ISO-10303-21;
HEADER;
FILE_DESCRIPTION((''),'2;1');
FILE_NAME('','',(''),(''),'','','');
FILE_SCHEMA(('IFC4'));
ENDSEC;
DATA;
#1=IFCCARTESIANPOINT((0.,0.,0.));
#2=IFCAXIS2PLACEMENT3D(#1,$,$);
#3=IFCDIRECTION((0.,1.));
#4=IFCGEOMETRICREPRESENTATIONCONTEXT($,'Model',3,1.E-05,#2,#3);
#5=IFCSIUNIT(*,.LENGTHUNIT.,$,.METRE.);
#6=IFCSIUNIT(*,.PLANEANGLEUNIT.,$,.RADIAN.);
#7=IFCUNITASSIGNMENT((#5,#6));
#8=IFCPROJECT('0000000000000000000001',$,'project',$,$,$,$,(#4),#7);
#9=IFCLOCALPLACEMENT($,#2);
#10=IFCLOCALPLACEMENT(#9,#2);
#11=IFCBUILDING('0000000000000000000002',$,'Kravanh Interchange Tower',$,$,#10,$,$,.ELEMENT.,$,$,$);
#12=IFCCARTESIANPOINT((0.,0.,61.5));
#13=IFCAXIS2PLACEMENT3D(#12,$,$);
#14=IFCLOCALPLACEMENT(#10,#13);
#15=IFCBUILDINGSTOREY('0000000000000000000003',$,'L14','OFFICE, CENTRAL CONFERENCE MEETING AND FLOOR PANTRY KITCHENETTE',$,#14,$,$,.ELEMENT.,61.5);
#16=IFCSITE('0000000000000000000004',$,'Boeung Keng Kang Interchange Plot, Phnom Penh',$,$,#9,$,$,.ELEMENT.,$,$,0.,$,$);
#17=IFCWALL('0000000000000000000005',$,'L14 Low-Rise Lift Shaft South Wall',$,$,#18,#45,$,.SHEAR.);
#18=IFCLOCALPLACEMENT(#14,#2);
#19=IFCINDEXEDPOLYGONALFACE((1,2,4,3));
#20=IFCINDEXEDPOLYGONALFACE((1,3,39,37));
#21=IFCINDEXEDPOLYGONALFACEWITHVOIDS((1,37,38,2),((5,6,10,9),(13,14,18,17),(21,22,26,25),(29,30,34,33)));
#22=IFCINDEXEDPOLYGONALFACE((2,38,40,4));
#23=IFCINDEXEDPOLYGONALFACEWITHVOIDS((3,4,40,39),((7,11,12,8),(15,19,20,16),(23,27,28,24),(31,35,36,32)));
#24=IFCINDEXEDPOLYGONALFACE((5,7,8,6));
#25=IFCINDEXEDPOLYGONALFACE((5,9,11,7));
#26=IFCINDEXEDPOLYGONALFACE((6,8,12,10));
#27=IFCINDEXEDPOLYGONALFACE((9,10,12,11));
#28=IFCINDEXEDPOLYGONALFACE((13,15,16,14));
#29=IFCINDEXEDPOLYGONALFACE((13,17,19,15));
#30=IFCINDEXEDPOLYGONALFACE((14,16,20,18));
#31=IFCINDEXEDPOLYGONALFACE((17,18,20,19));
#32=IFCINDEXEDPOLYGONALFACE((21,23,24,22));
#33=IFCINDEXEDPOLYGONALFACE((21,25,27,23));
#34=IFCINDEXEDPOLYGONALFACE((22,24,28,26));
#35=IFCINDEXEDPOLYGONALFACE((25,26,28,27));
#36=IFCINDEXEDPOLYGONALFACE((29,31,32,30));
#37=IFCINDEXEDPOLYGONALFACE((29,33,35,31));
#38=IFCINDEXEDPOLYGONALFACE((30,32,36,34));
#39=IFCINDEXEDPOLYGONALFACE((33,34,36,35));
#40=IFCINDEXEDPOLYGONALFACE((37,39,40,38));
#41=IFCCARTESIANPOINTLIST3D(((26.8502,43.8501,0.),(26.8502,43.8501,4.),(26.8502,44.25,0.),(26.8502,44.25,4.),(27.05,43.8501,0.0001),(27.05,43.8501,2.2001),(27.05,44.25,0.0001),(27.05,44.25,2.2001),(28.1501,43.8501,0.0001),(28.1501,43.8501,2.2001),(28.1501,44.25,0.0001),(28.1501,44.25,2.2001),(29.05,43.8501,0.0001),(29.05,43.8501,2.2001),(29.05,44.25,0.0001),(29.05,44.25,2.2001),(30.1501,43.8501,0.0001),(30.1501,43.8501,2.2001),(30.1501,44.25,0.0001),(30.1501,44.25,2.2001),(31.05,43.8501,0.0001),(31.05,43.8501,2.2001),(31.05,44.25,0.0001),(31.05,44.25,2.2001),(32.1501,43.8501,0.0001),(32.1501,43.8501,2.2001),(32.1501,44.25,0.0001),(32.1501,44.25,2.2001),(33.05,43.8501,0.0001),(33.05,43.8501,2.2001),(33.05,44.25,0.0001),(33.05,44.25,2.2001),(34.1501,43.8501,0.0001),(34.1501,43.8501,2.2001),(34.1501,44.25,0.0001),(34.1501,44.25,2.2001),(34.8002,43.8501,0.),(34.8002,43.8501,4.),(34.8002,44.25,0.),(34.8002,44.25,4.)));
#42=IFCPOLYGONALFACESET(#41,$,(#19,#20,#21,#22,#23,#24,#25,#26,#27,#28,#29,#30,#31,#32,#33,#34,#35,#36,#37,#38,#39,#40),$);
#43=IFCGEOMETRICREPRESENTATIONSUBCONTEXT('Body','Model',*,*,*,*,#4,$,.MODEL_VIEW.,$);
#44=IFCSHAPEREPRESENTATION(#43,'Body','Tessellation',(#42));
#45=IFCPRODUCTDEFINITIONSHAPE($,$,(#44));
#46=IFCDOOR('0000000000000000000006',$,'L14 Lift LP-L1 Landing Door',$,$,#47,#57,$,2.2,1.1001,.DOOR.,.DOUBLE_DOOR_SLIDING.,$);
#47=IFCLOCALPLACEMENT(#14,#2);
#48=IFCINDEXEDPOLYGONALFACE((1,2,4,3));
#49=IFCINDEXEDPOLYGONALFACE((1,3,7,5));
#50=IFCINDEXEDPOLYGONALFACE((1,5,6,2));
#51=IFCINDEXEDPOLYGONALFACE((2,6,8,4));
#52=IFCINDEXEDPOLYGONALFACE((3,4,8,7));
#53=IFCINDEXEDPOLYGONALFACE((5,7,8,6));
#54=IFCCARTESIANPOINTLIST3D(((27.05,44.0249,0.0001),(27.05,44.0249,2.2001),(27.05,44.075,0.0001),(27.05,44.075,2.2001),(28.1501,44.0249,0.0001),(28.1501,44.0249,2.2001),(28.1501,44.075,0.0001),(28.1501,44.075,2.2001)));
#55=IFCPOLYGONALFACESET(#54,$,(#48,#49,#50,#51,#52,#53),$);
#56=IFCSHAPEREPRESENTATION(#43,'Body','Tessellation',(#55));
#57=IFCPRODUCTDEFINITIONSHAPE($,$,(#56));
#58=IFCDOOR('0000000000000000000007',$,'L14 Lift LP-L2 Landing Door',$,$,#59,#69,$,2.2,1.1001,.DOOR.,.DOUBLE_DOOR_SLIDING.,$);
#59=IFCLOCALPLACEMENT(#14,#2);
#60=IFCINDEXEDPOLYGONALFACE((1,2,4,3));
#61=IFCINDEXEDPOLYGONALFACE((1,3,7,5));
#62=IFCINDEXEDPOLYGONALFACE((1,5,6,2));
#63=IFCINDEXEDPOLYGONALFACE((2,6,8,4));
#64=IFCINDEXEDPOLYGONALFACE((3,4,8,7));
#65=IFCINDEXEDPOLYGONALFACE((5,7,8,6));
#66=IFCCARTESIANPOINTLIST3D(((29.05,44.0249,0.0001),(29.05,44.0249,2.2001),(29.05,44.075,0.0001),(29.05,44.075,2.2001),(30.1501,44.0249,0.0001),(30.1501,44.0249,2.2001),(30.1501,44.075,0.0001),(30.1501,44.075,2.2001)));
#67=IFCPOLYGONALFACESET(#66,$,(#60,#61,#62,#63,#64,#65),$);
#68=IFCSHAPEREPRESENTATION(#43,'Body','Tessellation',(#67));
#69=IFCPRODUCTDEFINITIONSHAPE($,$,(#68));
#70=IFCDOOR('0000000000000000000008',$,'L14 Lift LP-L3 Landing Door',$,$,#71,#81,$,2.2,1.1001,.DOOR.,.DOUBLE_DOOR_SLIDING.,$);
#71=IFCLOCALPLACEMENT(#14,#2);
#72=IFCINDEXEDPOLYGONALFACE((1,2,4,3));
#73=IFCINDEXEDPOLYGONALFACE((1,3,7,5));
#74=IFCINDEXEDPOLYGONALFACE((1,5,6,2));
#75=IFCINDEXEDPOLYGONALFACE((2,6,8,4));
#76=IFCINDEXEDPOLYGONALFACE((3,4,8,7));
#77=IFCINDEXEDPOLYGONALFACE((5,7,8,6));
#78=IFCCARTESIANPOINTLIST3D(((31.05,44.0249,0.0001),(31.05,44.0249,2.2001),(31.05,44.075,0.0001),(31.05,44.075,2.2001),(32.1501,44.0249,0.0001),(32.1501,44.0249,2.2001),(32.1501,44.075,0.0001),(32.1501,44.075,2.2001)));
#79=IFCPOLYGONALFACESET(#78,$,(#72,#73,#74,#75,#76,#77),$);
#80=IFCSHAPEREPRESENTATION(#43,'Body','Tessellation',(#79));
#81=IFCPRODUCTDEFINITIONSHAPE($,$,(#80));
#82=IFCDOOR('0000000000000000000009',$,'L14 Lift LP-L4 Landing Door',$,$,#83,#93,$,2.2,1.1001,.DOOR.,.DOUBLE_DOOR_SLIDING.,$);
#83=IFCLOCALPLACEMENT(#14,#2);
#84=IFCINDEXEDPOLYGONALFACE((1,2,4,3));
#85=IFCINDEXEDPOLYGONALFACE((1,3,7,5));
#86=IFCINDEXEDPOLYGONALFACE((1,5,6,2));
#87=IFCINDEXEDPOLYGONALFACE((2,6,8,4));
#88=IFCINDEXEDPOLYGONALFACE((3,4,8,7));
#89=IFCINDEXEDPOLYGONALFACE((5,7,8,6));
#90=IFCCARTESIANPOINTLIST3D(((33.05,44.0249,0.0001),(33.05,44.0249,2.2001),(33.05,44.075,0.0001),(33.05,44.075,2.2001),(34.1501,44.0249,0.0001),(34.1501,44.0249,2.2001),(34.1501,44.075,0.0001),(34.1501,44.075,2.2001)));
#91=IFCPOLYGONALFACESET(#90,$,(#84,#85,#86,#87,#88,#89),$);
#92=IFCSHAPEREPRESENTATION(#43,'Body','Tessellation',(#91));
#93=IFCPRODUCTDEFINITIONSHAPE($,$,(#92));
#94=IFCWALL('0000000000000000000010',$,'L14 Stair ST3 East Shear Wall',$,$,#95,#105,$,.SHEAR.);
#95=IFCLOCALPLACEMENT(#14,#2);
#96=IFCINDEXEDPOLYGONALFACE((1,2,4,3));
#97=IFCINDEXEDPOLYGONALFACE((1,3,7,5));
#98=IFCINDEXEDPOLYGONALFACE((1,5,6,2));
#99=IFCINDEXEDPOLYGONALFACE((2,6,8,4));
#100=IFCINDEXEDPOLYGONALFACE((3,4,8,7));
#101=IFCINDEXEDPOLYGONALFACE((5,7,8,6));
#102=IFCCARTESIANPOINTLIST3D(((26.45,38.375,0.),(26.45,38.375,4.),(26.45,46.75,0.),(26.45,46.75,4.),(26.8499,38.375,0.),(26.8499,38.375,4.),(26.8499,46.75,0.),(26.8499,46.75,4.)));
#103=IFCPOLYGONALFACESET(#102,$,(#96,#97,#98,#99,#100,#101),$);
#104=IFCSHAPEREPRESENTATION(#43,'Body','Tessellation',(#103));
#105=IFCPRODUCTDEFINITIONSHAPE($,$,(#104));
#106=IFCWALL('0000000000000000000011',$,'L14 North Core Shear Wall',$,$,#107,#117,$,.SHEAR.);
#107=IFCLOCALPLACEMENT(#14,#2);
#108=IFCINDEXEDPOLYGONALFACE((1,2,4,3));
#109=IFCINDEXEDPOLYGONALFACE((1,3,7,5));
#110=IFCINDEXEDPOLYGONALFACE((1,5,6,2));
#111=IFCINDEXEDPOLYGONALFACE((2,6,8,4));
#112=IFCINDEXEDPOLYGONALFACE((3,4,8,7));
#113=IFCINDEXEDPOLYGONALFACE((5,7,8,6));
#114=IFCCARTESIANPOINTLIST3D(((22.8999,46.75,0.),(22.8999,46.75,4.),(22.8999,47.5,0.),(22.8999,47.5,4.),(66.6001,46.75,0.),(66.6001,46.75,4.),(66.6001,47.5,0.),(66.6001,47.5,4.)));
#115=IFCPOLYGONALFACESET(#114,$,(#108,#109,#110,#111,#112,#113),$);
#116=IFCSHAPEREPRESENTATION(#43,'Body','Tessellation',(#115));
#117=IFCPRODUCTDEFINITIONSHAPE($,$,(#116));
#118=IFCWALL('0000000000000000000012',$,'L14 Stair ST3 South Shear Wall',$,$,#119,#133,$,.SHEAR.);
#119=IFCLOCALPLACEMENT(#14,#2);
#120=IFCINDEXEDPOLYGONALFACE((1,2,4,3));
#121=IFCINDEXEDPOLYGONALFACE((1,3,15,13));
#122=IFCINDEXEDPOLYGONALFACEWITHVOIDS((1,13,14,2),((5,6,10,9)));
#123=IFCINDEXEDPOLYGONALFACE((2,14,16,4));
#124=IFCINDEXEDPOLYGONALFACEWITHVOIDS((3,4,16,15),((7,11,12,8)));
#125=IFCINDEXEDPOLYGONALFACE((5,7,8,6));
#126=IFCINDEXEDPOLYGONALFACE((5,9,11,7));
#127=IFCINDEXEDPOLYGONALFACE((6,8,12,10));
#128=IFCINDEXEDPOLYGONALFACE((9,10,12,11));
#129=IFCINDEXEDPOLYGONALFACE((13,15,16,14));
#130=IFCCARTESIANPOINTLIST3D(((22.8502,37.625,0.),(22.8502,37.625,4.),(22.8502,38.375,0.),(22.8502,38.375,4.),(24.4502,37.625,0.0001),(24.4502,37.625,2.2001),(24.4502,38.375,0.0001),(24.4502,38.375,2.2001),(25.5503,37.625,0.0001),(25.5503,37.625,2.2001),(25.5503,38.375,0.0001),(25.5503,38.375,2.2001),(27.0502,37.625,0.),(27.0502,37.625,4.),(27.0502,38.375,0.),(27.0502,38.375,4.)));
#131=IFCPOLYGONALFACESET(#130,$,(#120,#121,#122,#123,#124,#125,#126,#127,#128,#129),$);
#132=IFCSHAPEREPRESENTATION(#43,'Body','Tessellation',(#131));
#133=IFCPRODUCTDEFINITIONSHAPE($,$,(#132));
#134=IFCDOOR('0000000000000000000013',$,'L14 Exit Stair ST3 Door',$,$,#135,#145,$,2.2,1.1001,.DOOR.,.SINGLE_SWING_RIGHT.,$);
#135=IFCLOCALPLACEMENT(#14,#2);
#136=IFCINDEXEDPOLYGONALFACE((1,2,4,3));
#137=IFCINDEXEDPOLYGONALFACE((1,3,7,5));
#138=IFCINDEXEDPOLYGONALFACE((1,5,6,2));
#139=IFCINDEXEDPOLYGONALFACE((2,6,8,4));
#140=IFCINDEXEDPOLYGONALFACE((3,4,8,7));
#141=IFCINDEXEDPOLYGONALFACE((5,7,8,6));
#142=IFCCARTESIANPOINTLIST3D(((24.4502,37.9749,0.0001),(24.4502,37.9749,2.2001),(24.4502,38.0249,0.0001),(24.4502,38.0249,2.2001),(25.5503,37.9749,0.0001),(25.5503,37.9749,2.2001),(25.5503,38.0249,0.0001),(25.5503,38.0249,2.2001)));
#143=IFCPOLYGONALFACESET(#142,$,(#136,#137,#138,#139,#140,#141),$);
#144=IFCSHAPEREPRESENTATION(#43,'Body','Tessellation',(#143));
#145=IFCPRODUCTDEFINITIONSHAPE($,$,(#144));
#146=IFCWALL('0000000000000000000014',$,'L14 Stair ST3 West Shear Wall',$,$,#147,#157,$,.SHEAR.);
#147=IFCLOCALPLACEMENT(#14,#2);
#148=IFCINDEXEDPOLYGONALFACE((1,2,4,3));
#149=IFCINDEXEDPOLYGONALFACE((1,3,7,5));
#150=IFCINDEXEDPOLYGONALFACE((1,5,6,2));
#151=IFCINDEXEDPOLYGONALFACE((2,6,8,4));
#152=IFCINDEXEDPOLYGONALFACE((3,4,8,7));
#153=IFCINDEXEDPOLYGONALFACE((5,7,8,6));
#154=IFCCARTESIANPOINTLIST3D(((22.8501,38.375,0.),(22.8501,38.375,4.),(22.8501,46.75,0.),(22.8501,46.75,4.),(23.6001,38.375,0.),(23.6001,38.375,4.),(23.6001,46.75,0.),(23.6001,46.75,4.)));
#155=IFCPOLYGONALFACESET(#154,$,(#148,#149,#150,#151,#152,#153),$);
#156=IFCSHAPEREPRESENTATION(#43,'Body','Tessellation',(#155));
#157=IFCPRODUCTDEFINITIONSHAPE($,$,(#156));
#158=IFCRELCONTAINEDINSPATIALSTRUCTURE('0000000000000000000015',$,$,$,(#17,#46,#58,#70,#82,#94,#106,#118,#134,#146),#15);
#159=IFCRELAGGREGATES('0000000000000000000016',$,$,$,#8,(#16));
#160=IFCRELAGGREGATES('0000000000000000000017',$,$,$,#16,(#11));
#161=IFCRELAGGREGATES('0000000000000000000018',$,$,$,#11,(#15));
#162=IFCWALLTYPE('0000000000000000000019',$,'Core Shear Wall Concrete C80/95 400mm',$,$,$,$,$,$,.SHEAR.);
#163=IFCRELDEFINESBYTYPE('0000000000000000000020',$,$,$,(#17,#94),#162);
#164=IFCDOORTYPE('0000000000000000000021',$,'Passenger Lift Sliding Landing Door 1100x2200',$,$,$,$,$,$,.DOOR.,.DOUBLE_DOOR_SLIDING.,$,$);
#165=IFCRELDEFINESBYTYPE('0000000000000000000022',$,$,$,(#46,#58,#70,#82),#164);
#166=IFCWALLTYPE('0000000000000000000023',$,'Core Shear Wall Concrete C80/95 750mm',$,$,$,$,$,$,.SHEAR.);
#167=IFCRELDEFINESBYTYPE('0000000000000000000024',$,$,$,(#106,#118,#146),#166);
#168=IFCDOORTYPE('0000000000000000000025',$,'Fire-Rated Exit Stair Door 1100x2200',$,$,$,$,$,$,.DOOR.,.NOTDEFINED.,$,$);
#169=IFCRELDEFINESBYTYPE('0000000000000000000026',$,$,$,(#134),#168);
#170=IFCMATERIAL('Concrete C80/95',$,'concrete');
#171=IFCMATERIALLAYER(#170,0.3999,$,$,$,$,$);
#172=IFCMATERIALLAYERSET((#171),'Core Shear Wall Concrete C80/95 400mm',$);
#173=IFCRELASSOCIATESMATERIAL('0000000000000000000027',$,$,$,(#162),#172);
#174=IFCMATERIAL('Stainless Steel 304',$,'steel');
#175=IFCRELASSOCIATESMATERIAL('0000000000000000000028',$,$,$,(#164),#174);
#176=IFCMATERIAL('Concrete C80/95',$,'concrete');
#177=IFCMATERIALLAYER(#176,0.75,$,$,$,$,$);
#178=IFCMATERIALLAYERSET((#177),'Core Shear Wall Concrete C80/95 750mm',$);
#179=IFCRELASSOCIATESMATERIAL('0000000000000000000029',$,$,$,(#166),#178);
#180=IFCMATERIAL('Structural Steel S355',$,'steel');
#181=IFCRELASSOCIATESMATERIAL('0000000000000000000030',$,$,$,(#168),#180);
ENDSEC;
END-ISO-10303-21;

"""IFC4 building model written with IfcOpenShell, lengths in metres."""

from ifc_helpers import new_model, si_unit, direction, frame, frame_2d, origin, place, context, subcontext, project, spatial, rectangle, extrude, material, layer, layer_set, type_object, element, fill, save


model = new_model("IFC4")

# Units and contexts
model_context = context("Model", 3, precision=1e-05, world=origin(), true_north=direction((0.0, 1.0)))
body_context = subcontext(model_context, "Body", "Model", "MODEL_VIEW")
ifc_project = project(units=[si_unit("LENGTHUNIT", "METRE"), si_unit("PLANEANGLEUNIT", "RADIAN")], contexts=[model_context])

# Site, building, storey
site_placement = place(None, origin())
site = spatial("IfcSite", under=ifc_project, at=site_placement, Name="Boeung Keng Kang Interchange Plot, Phnom Penh", CompositionType="ELEMENT", RefElevation=0.0)
building_placement = place(site_placement, origin())
building = spatial("IfcBuilding", under=site, at=building_placement, Name="Kravanh Interchange Tower", CompositionType="ELEMENT")
storey_placement = place(building_placement, frame((0.0, 0.0, 61.5)))
storey = spatial("IfcBuildingStorey", under=building, at=storey_placement, Name="L14", Description="OFFICE, CENTRAL CONFERENCE MEETING AND FLOOR PANTRY KITCHENETTE", CompositionType="ELEMENT", Elevation=61.5)

# Wall, openings, doors
ifc_material_1 = material(Name="Concrete C80/95", Category="concrete")
ifc_layer_1 = layer(ifc_material_1, 0.3999)
ifc_layer_set_1 = layer_set([ifc_layer_1], Name="Core Shear Wall Concrete C80/95 400mm")
wall_type_1 = type_object("IfcWallType", Name="Core Shear Wall Concrete C80/95 400mm", PredefinedType="SHEAR", material=ifc_layer_set_1)
wall_1_placement = place(storey_placement, frame((26.8501, 44.05, 0.0), z_axis=(0.0, 0.0, 1.0), x_axis=(1.0, 0.0, 0.0)))
wall_1 = element("IfcWall", 1, at=wall_1_placement, inside=storey, type_object=wall_type_1, Name="L14 Low-Rise Lift Shaft South Wall", PredefinedType="SHEAR", context=body_context, shape_type="SweptSolid", body=[
    extrude(rectangle(XDim=7.95, YDim=0.3999, at=frame_2d((3.9751, 0.0))), origin(), (0.0, 0.0, 1.0), 4.0),
])
opening_1_placement = place(wall_1_placement, frame((0.2, 0.0, 0.0)))
opening_1 = element("IfcOpeningElement", 2, at=opening_1_placement, cuts=wall_1, PredefinedType="OPENING", context=body_context, shape_type="SweptSolid", body=[
    extrude(rectangle(XDim=1.1001, YDim=2.2, at=frame_2d((0.55, 1.1001))), frame((0.0, 0.21, 0.0), z_axis=(0.0, -1.0, 0.0), x_axis=(1.0, 0.0, 0.0)), (0.0, 0.0, 1.0), 0.4199),
])
opening_2_placement = place(wall_1_placement, frame((2.2, 0.0, 0.0)))
opening_2 = element("IfcOpeningElement", 3, at=opening_2_placement, cuts=wall_1, PredefinedType="OPENING", context=body_context, shape_type="SweptSolid", body=[
    extrude(rectangle(XDim=1.1001, YDim=2.2, at=frame_2d((0.55, 1.1001))), frame((0.0, 0.21, 0.0), z_axis=(0.0, -1.0, 0.0), x_axis=(1.0, 0.0, 0.0)), (0.0, 0.0, 1.0), 0.4199),
])
opening_3_placement = place(wall_1_placement, frame((4.2, 0.0, 0.0)))
opening_3 = element("IfcOpeningElement", 4, at=opening_3_placement, cuts=wall_1, PredefinedType="OPENING", context=body_context, shape_type="SweptSolid", body=[
    extrude(rectangle(XDim=1.1001, YDim=2.2, at=frame_2d((0.55, 1.1001))), frame((0.0, 0.21, 0.0), z_axis=(0.0, -1.0, 0.0), x_axis=(1.0, 0.0, 0.0)), (0.0, 0.0, 1.0), 0.4199),
])
opening_4_placement = place(wall_1_placement, frame((6.2, 0.0, 0.0)))
opening_4 = element("IfcOpeningElement", 5, at=opening_4_placement, cuts=wall_1, PredefinedType="OPENING", context=body_context, shape_type="SweptSolid", body=[
    extrude(rectangle(XDim=1.1001, YDim=2.2, at=frame_2d((0.55, 1.1001))), frame((0.0, 0.21, 0.0), z_axis=(0.0, -1.0, 0.0), x_axis=(1.0, 0.0, 0.0)), (0.0, 0.0, 1.0), 0.4199),
])
ifc_material_2 = material(Name="Stainless Steel 304", Category="steel")
door_type_1 = type_object("IfcDoorType", Name="Passenger Lift Sliding Landing Door 1100x2200", OperationType="DOUBLE_DOOR_SLIDING", PredefinedType="DOOR", material=ifc_material_2)
door_1_placement = place(opening_1_placement, origin())
door_1 = element("IfcDoor", 6, at=door_1_placement, inside=storey, type_object=door_type_1, Name="L14 Lift LP-L1 Landing Door", OperationType="DOUBLE_DOOR_SLIDING", OverallHeight=2.2, OverallWidth=1.1001, PredefinedType="DOOR", context=body_context, shape_type="SweptSolid", body=[
    extrude(rectangle(XDim=1.1001, YDim=2.2, at=frame_2d((0.55, 1.1001))), frame((0.0, 0.0249, 0.0), z_axis=(0.0, -1.0, 0.0), x_axis=(1.0, 0.0, 0.0)), (0.0, 0.0, 1.0), 0.05),
])
fill(opening_1, door_1)
door_2_placement = place(opening_2_placement, origin())
door_2 = element("IfcDoor", 7, at=door_2_placement, inside=storey, type_object=door_type_1, Name="L14 Lift LP-L2 Landing Door", OperationType="DOUBLE_DOOR_SLIDING", OverallHeight=2.2, OverallWidth=1.1001, PredefinedType="DOOR", context=body_context, shape_type="SweptSolid", body=[
    extrude(rectangle(XDim=1.1001, YDim=2.2, at=frame_2d((0.55, 1.1001))), frame((0.0, 0.0249, 0.0), z_axis=(0.0, -1.0, 0.0), x_axis=(1.0, 0.0, 0.0)), (0.0, 0.0, 1.0), 0.05),
])
fill(opening_2, door_2)
door_3_placement = place(opening_3_placement, origin())
door_3 = element("IfcDoor", 8, at=door_3_placement, inside=storey, type_object=door_type_1, Name="L14 Lift LP-L3 Landing Door", OperationType="DOUBLE_DOOR_SLIDING", OverallHeight=2.2, OverallWidth=1.1001, PredefinedType="DOOR", context=body_context, shape_type="SweptSolid", body=[
    extrude(rectangle(XDim=1.1001, YDim=2.2, at=frame_2d((0.55, 1.1001))), frame((0.0, 0.0249, 0.0), z_axis=(0.0, -1.0, 0.0), x_axis=(1.0, 0.0, 0.0)), (0.0, 0.0, 1.0), 0.05),
])
fill(opening_3, door_3)
door_4_placement = place(opening_4_placement, origin())
door_4 = element("IfcDoor", 9, at=door_4_placement, inside=storey, type_object=door_type_1, Name="L14 Lift LP-L4 Landing Door", OperationType="DOUBLE_DOOR_SLIDING", OverallHeight=2.2, OverallWidth=1.1001, PredefinedType="DOOR", context=body_context, shape_type="SweptSolid", body=[
    extrude(rectangle(XDim=1.1001, YDim=2.2, at=frame_2d((0.55, 1.1001))), frame((0.0, 0.0249, 0.0), z_axis=(0.0, -1.0, 0.0), x_axis=(1.0, 0.0, 0.0)), (0.0, 0.0, 1.0), 0.05),
])
fill(opening_4, door_4)

# Walls
wall_2_placement = place(storey_placement, frame((26.6499, 38.375, 0.0), z_axis=(0.0, 0.0, 1.0), x_axis=(0.0, 1.0, 0.0)))
element("IfcWall", 10, at=wall_2_placement, inside=storey, type_object=wall_type_1, Name="L14 Stair ST3 East Shear Wall", PredefinedType="SHEAR", context=body_context, shape_type="SweptSolid", body=[
    extrude(rectangle(XDim=8.375, YDim=0.3999, at=frame_2d((4.1875, 0.0))), origin(), (0.0, 0.0, 1.0), 4.0),
])
ifc_material_3 = material(Name="Concrete C80/95", Category="concrete")
ifc_layer_2 = layer(ifc_material_3, 0.75)
ifc_layer_set_2 = layer_set([ifc_layer_2], Name="Core Shear Wall Concrete C80/95 750mm")
wall_type_2 = type_object("IfcWallType", Name="Core Shear Wall Concrete C80/95 750mm", PredefinedType="SHEAR", material=ifc_layer_set_2)
wall_3_placement = place(storey_placement, frame((22.8999, 47.125, 0.0), z_axis=(0.0, 0.0, 1.0), x_axis=(1.0, 0.0, 0.0)))
element("IfcWall", 11, at=wall_3_placement, inside=storey, type_object=wall_type_2, Name="L14 North Core Shear Wall", PredefinedType="SHEAR", context=body_context, shape_type="SweptSolid", body=[
    extrude(rectangle(XDim=43.7002, YDim=0.75, at=frame_2d((21.8501, 0.0))), origin(), (0.0, 0.0, 1.0), 4.0),
])

# Wall, opening, door
wall_4_placement = place(storey_placement, frame((22.8501, 38.0, 0.0), z_axis=(0.0, 0.0, 1.0), x_axis=(1.0, 0.0, 0.0)))
wall_4 = element("IfcWall", 12, at=wall_4_placement, inside=storey, type_object=wall_type_2, Name="L14 Stair ST3 South Shear Wall", PredefinedType="SHEAR", context=body_context, shape_type="SweptSolid", body=[
    extrude(rectangle(XDim=4.2, YDim=0.75, at=frame_2d((2.1001, 0.0))), origin(), (0.0, 0.0, 1.0), 4.0),
])
opening_5_placement = place(wall_4_placement, frame((1.6001, 0.0, 0.0)))
opening_5 = element("IfcOpeningElement", 13, at=opening_5_placement, cuts=wall_4, PredefinedType="OPENING", context=body_context, shape_type="SweptSolid", body=[
    extrude(rectangle(XDim=1.1001, YDim=2.2, at=frame_2d((0.55, 1.1001))), frame((0.0, 0.385, 0.0), z_axis=(0.0, -1.0, 0.0), x_axis=(1.0, 0.0, 0.0)), (0.0, 0.0, 1.0), 0.77),
])
ifc_material_4 = material(Name="Structural Steel S355", Category="steel")
door_type_2 = type_object("IfcDoorType", Name="Fire-Rated Exit Stair Door 1100x2200", OperationType="NOTDEFINED", PredefinedType="DOOR", material=ifc_material_4)
door_5_placement = place(opening_5_placement, origin())
door_5 = element("IfcDoor", 14, at=door_5_placement, inside=storey, type_object=door_type_2, Name="L14 Exit Stair ST3 Door", OperationType="SINGLE_SWING_RIGHT", OverallHeight=2.2, OverallWidth=1.1001, PredefinedType="DOOR", context=body_context, shape_type="SweptSolid", body=[
    extrude(rectangle(XDim=1.1001, YDim=2.2, at=frame_2d((0.55, 1.1001))), frame((0.0, 0.0249, 0.0), z_axis=(0.0, -1.0, 0.0), x_axis=(1.0, 0.0, 0.0)), (0.0, 0.0, 1.0), 0.05),
])
fill(opening_5, door_5)

# Wall
wall_5_placement = place(storey_placement, frame((23.2251, 38.375, 0.0), z_axis=(0.0, 0.0, 1.0), x_axis=(0.0, 1.0, 0.0)))
element("IfcWall", 15, at=wall_5_placement, inside=storey, type_object=wall_type_2, Name="L14 Stair ST3 West Shear Wall", PredefinedType="SHEAR", context=body_context, shape_type="SweptSolid", body=[
    extrude(rectangle(XDim=8.375, YDim=0.75, at=frame_2d((4.1875, 0.0))), origin(), (0.0, 0.0, 1.0), 4.0),
])

save(model, "model.ifc")
